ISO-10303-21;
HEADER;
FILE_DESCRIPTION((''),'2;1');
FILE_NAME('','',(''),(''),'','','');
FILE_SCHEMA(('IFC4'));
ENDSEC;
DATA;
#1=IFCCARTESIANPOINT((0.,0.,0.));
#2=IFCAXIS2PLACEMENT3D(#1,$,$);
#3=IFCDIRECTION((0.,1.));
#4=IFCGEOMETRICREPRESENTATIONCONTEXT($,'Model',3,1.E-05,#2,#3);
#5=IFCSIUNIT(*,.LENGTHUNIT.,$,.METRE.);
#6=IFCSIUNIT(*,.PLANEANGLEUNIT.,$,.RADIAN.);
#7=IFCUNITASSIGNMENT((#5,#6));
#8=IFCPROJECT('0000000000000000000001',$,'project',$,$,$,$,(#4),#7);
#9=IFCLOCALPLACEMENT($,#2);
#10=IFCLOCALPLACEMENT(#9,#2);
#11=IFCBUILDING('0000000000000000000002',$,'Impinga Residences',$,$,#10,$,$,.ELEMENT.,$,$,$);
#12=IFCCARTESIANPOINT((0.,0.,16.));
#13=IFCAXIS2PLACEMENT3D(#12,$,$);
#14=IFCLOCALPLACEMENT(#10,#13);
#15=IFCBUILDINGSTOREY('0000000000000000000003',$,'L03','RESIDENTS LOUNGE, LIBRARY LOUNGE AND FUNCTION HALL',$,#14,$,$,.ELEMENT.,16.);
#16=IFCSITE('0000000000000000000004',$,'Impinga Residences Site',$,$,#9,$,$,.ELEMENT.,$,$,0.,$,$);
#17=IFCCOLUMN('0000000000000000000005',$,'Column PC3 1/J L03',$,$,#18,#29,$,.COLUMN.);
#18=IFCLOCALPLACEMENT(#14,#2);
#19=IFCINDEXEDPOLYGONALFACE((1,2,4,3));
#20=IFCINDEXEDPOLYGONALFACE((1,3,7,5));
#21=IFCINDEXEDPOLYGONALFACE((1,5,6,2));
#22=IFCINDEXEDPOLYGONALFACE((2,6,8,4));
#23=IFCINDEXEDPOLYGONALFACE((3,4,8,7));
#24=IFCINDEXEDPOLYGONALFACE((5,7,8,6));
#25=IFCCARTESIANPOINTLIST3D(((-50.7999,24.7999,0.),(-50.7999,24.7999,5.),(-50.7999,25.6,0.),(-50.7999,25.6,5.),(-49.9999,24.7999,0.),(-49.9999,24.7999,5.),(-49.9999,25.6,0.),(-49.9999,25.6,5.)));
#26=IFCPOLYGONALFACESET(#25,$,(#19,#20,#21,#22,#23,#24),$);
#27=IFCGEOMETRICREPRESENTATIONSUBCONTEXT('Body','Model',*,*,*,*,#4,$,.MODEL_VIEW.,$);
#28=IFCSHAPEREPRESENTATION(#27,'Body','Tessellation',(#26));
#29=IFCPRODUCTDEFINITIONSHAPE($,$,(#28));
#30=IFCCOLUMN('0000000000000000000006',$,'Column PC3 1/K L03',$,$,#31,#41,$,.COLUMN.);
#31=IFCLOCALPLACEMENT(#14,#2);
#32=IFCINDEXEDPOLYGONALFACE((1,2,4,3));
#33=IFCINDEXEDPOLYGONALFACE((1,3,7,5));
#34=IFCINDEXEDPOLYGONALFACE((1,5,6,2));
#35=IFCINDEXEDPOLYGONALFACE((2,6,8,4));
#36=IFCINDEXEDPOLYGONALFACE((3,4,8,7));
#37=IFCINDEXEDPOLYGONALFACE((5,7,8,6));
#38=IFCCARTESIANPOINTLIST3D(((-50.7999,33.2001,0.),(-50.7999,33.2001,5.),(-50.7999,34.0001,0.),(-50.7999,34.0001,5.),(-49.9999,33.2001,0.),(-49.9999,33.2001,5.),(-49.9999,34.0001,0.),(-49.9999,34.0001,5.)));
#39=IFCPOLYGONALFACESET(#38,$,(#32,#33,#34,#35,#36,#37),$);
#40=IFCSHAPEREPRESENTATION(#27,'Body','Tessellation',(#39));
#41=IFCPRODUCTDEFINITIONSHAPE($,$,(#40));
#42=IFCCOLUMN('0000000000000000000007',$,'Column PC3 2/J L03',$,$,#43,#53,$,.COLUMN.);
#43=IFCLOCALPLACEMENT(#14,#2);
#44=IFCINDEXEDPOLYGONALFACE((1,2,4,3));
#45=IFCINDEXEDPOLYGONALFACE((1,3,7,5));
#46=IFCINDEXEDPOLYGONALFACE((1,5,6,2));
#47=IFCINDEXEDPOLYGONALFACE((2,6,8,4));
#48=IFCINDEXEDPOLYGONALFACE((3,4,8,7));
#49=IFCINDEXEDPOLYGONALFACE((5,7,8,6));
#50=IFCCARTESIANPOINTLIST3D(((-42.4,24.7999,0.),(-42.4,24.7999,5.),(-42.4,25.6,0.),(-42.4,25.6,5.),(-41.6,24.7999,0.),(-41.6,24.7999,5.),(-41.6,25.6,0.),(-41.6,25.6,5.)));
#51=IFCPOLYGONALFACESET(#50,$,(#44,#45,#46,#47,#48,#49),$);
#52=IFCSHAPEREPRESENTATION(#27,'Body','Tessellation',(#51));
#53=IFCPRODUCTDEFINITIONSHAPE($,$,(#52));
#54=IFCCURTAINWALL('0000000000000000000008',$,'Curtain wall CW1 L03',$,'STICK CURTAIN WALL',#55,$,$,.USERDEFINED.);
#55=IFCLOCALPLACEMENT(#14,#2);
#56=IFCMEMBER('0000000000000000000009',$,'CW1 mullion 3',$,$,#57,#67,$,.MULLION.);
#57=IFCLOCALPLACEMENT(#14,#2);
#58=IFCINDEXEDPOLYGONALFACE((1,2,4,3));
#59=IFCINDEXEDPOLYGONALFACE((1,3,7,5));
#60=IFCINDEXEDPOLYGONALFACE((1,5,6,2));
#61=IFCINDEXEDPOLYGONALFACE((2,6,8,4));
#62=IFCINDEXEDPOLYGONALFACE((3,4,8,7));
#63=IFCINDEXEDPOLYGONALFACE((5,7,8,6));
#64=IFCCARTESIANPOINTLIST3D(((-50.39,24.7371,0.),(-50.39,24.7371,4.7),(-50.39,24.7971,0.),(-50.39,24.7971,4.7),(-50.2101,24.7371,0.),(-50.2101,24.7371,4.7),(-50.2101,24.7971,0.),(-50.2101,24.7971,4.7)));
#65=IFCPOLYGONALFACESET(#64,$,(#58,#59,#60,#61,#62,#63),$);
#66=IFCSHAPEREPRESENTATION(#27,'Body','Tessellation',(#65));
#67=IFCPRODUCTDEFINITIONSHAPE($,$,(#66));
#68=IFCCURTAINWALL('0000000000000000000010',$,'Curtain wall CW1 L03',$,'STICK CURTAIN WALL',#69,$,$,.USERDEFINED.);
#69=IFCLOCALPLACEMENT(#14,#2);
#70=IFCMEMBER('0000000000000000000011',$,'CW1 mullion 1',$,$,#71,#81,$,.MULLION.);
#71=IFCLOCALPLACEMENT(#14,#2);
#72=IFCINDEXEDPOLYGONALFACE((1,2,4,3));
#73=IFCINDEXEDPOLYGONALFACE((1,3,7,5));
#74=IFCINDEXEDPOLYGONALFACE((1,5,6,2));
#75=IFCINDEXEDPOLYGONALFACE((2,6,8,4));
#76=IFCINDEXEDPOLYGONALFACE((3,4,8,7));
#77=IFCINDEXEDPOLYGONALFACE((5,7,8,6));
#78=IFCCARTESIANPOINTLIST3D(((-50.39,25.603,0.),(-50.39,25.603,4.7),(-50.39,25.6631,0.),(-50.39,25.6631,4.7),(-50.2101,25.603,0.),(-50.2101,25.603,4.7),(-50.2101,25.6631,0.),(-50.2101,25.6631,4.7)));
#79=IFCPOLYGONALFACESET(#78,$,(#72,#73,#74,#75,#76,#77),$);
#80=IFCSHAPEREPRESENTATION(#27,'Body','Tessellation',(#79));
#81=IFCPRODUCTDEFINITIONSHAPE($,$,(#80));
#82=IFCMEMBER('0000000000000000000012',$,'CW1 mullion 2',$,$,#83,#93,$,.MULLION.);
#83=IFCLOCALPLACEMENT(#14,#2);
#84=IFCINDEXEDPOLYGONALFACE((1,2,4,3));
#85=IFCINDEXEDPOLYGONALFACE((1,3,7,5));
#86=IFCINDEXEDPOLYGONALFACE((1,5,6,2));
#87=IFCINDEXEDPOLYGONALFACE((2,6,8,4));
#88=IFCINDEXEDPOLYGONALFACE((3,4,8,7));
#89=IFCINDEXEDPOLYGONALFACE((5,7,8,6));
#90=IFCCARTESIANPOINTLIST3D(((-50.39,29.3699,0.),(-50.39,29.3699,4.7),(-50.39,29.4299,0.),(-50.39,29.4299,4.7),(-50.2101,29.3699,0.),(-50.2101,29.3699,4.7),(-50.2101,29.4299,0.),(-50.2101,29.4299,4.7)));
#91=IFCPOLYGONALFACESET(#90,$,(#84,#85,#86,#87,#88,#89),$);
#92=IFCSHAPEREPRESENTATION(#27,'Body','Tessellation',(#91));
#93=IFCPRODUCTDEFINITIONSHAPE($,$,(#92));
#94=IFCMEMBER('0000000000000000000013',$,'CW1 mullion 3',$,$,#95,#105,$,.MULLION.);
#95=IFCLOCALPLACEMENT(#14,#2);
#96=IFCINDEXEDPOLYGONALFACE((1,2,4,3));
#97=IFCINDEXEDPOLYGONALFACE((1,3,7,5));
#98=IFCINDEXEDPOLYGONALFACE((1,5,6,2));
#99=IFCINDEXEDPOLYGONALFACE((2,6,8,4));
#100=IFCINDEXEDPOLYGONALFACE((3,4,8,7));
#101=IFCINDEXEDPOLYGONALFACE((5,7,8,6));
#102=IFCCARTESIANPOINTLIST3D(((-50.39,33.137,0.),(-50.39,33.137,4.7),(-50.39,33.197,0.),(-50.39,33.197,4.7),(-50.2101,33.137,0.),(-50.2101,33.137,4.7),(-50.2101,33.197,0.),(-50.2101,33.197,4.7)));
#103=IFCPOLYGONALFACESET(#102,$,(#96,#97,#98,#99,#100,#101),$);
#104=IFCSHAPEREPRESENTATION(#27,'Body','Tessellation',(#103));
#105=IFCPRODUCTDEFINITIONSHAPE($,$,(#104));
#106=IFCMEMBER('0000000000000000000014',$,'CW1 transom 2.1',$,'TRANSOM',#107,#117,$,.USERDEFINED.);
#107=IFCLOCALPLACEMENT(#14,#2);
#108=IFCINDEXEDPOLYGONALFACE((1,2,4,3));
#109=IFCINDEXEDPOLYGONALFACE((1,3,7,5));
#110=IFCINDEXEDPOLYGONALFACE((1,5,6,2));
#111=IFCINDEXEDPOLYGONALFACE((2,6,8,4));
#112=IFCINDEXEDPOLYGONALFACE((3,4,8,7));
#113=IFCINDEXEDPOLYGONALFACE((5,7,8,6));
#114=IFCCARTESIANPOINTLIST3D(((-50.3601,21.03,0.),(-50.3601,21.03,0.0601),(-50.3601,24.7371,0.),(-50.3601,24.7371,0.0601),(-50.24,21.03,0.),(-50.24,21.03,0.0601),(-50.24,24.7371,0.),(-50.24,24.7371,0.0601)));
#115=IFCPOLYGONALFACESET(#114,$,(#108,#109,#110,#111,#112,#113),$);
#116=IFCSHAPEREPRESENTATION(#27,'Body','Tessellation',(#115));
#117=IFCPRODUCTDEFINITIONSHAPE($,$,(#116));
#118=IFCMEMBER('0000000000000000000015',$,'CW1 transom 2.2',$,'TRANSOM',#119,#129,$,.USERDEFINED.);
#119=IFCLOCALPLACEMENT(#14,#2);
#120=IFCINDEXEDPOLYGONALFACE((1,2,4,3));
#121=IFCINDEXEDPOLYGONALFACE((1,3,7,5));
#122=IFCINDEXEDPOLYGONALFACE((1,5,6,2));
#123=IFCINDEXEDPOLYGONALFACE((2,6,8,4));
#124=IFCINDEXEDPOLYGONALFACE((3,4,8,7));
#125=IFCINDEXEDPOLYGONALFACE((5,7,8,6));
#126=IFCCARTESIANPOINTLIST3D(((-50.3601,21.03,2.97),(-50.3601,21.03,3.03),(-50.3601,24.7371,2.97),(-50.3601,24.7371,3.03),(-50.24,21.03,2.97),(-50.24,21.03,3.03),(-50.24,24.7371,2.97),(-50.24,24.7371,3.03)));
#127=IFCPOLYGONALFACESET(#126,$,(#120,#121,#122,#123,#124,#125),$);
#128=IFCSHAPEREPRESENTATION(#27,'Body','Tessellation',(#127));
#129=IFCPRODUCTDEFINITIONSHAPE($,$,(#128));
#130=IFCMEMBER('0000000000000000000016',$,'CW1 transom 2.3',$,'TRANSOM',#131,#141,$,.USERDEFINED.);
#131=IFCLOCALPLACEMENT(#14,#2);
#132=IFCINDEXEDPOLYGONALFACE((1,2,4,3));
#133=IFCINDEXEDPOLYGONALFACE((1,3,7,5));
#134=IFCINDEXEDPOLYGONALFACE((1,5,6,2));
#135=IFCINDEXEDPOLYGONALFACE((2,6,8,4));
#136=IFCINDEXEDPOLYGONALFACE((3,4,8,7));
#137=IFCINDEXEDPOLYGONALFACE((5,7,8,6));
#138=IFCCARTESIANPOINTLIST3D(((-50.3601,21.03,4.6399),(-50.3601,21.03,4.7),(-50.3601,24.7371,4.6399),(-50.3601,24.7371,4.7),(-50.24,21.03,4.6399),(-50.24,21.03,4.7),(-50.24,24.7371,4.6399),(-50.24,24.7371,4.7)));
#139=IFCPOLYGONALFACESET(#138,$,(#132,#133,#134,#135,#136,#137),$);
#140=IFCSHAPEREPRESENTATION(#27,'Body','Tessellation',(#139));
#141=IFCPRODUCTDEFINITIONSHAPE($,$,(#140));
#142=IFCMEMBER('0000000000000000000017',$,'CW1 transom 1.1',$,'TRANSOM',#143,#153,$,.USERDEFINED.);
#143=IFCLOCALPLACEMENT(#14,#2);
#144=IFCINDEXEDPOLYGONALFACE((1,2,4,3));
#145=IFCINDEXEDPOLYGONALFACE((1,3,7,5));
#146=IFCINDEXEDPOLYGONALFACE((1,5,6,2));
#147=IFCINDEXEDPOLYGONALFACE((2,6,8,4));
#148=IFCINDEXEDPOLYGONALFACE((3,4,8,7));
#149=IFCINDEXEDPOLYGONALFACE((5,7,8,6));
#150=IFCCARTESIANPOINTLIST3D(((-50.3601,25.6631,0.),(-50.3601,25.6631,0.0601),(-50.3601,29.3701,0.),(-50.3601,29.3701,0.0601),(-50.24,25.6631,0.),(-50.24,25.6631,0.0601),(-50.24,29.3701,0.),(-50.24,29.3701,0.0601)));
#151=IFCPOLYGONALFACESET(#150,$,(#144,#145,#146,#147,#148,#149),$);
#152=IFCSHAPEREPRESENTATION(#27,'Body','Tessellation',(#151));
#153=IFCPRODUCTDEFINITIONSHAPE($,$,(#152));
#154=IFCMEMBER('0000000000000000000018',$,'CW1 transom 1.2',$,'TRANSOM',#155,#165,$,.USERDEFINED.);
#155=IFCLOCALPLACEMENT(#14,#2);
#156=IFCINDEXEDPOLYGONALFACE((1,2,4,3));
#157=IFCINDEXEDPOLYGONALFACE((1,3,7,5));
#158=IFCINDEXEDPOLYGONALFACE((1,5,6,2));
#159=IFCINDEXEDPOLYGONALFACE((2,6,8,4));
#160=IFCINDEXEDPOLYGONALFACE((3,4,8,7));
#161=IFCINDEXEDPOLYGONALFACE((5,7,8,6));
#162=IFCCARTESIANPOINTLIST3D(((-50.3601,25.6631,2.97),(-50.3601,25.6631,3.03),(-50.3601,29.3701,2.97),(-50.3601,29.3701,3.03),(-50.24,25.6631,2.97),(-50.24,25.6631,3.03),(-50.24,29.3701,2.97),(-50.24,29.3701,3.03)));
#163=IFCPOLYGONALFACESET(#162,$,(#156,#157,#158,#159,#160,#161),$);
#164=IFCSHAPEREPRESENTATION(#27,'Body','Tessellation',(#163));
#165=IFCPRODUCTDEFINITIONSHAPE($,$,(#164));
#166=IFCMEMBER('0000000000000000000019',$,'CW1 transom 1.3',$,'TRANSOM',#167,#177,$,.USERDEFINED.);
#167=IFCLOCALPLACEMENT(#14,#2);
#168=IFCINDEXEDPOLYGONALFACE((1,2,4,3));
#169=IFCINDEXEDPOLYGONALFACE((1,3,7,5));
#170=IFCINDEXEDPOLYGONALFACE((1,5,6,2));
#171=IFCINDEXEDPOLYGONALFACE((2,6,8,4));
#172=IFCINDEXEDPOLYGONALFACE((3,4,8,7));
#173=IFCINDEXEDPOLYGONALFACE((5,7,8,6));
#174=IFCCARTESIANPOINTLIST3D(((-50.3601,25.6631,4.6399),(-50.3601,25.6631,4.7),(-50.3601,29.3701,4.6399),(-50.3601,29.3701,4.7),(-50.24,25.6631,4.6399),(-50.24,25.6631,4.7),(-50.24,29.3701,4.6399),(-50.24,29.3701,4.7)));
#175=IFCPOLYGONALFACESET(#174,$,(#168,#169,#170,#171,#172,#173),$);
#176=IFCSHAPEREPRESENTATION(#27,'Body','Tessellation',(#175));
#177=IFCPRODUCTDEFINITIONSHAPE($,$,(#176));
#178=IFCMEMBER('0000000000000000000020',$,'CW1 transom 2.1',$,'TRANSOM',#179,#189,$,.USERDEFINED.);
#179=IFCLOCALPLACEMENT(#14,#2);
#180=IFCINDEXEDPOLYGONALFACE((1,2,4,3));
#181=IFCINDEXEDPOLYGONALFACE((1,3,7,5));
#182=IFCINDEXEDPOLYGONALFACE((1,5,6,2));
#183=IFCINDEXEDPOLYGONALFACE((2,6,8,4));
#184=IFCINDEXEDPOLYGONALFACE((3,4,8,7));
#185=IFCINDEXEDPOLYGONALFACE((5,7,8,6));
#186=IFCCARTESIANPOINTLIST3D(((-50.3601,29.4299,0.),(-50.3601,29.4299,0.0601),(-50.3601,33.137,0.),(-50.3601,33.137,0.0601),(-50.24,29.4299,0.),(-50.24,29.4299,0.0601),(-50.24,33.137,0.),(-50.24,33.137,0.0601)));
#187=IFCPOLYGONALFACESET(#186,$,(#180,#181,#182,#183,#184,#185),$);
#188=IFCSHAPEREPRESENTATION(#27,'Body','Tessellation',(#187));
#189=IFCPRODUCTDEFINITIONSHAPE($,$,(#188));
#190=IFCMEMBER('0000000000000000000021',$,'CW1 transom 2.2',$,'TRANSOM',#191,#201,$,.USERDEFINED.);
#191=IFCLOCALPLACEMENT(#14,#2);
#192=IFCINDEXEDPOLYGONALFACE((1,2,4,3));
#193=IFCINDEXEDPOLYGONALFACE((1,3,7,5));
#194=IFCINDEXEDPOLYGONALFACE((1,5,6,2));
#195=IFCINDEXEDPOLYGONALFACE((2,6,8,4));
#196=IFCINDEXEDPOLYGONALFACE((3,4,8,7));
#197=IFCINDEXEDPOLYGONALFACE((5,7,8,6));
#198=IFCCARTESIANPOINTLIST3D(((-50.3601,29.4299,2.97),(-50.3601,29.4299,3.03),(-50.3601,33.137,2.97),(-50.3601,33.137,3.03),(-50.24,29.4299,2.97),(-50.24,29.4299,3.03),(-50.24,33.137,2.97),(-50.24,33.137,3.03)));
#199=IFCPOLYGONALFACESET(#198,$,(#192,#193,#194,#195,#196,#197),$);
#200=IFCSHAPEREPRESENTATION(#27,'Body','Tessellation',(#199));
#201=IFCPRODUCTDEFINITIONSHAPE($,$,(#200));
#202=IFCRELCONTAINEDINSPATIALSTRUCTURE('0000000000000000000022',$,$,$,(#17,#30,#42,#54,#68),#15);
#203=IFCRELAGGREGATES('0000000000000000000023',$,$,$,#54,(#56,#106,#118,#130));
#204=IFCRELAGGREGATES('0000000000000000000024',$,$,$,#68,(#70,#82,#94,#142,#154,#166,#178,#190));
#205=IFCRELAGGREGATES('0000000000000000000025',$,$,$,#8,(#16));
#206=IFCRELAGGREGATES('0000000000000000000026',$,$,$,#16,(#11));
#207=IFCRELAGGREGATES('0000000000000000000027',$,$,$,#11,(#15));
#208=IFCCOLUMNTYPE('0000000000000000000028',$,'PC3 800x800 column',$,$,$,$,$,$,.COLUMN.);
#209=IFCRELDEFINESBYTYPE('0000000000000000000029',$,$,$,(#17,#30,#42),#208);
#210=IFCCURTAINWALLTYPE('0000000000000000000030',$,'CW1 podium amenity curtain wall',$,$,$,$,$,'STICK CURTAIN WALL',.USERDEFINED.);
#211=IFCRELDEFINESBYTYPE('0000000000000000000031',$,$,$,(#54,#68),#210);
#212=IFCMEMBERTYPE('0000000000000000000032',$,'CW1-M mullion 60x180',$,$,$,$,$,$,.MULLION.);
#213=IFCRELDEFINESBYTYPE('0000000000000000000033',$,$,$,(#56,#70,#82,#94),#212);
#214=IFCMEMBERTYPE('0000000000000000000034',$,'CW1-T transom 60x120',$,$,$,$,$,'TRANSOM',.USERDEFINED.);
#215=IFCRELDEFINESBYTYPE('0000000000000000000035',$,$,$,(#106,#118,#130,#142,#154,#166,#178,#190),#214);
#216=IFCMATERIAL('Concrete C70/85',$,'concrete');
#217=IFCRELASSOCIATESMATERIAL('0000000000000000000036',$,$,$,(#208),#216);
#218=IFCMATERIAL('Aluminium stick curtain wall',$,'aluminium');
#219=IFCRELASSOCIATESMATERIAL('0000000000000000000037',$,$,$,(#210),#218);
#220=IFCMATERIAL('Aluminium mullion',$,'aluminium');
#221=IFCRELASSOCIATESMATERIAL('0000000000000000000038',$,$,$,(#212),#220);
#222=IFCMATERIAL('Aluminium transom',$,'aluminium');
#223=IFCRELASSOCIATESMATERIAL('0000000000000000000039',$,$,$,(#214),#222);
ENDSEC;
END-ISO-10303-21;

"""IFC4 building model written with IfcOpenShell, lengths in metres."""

from ifc_helpers import new_model, si_unit, direction, frame, origin, origin_2d, place, context, subcontext, project, spatial, rectangle, extrude, material, material_profile, profile_set, type_object, element, aggregate, save


model = new_model("IFC4")

# Units and contexts
model_context = context("Model", 3, precision=1e-05, world=origin(), true_north=direction((0.0, 1.0)))
body_context = subcontext(model_context, "Body", "Model", "MODEL_VIEW")
ifc_project = project(units=[si_unit("LENGTHUNIT", "METRE"), si_unit("PLANEANGLEUNIT", "RADIAN")], contexts=[model_context])

# Site, building, storey
site_placement = place(None, origin())
site = spatial("IfcSite", under=ifc_project, at=site_placement, Name="Impinga Residences Site", CompositionType="ELEMENT", RefElevation=0.0)
building_placement = place(site_placement, origin())
building = spatial("IfcBuilding", under=site, at=building_placement, Name="Impinga Residences", CompositionType="ELEMENT")
storey_placement = place(building_placement, frame((0.0, 0.0, 16.0)))
storey = spatial("IfcBuildingStorey", under=building, at=storey_placement, Name="L03", Description="RESIDENTS LOUNGE, LIBRARY LOUNGE AND FUNCTION HALL", CompositionType="ELEMENT", Elevation=16.0)

# Columns
ifc_material_1 = material(Name="Concrete C70/85", Category="concrete")
ifc_material_profile_1 = material_profile(ifc_material_1, rectangle(XDim=0.8, YDim=0.8, at=origin_2d()), Name="RC 800x800")
ifc_profile_set_1 = profile_set([ifc_material_profile_1], Name="Concrete C70/85")
column_type = type_object("IfcColumnType", Name="PC3 800x800 column", PredefinedType="COLUMN", material=ifc_profile_set_1)
for number, where, z_axis, x_axis, name in (
    (1, (-50.3999, 25.2, 0.0), (0.0, 0.0, 1.0), (1.0, 0.0, 0.0), "Column PC3 1/J L03"),
    (2, (-50.3999, 33.6001, 0.0), (0.0, 0.0, 1.0), (1.0, 0.0, 0.0), "Column PC3 1/K L03"),
    (3, (-42.0, 25.2, 0.0), (0.0, 0.0, 1.0), (1.0, 0.0, 0.0), "Column PC3 2/J L03"),
):
    element("IfcColumn", number, at=place(storey_placement, frame(where, z_axis=z_axis, x_axis=x_axis)), inside=storey, type_object=column_type, Name=name, PredefinedType="COLUMN", context=body_context, shape_type="SweptSolid", body=[
        extrude(rectangle(XDim=0.8, YDim=0.8, at=origin_2d()), origin(), (0.0, 0.0, 1.0), 5.0),
    ])

# Curtain wall, member
ifc_material_2 = material(Name="Aluminium stick curtain wall", Category="aluminium")
curtain_wall_type = type_object("IfcCurtainWallType", Name="CW1 podium amenity curtain wall", ElementType="STICK CURTAIN WALL", PredefinedType="USERDEFINED", material=ifc_material_2)
curtain_wall_1_placement = place(storey_placement, origin())
curtain_wall_1 = element("IfcCurtainWall", 4, at=curtain_wall_1_placement, inside=storey, type_object=curtain_wall_type, Name="Curtain wall CW1 L03", ObjectType="STICK CURTAIN WALL", PredefinedType="USERDEFINED")
ifc_material_3 = material(Name="Aluminium mullion", Category="aluminium")
ifc_material_profile_2 = material_profile(ifc_material_3, rectangle(XDim=0.0601, YDim=0.1799, at=origin_2d()), Name="60x180 mullion")
ifc_profile_set_2 = profile_set([ifc_material_profile_2], Name="Aluminium mullion")
member_type_1 = type_object("IfcMemberType", Name="CW1-M mullion 60x180", PredefinedType="MULLION", material=ifc_profile_set_2)
member_1_placement = place(storey_placement, frame((-50.3, 24.7671, 0.0), z_axis=(0.0, 0.0, 1.0), x_axis=(0.0, 1.0, 0.0)))
member_1 = element("IfcMember", 5, at=member_1_placement, type_object=member_type_1, Name="CW1 mullion 3", PredefinedType="MULLION", context=body_context, shape_type="SweptSolid", body=[
    extrude(rectangle(XDim=0.0601, YDim=0.1799, at=origin_2d()), origin(), (0.0, 0.0, 1.0), 4.7),
])

# Curtain wall, members
curtain_wall_2_placement = place(storey_placement, origin())
curtain_wall_2 = element("IfcCurtainWall", 6, at=curtain_wall_2_placement, inside=storey, type_object=curtain_wall_type, Name="Curtain wall CW1 L03", ObjectType="STICK CURTAIN WALL", PredefinedType="USERDEFINED")
member_2_placement = place(storey_placement, frame((-50.3, 25.6331, 0.0), z_axis=(0.0, 0.0, 1.0), x_axis=(0.0, 1.0, 0.0)))
member_2 = element("IfcMember", 7, at=member_2_placement, type_object=member_type_1, Name="CW1 mullion 1", PredefinedType="MULLION", context=body_context, shape_type="SweptSolid", body=[
    extrude(rectangle(XDim=0.0601, YDim=0.1799, at=origin_2d()), origin(), (0.0, 0.0, 1.0), 4.7),
])
member_3_placement = place(storey_placement, frame((-50.3, 29.3999, 0.0), z_axis=(0.0, 0.0, 1.0), x_axis=(0.0, 1.0, 0.0)))
member_3 = element("IfcMember", 8, at=member_3_placement, type_object=member_type_1, Name="CW1 mullion 2", PredefinedType="MULLION", context=body_context, shape_type="SweptSolid", body=[
    extrude(rectangle(XDim=0.0601, YDim=0.1799, at=origin_2d()), origin(), (0.0, 0.0, 1.0), 4.7),
])
member_4_placement = place(storey_placement, frame((-50.3, 33.167, 0.0), z_axis=(0.0, 0.0, 1.0), x_axis=(0.0, 1.0, 0.0)))
member_4 = element("IfcMember", 9, at=member_4_placement, type_object=member_type_1, Name="CW1 mullion 3", PredefinedType="MULLION", context=body_context, shape_type="SweptSolid", body=[
    extrude(rectangle(XDim=0.0601, YDim=0.1799, at=origin_2d()), origin(), (0.0, 0.0, 1.0), 4.7),
])

# Members
ifc_material_4 = material(Name="Aluminium transom", Category="aluminium")
ifc_material_profile_3 = material_profile(ifc_material_4, rectangle(XDim=0.0601, YDim=0.1201, at=origin_2d()), Name="60x120 transom")
ifc_profile_set_3 = profile_set([ifc_material_profile_3], Name="Aluminium transom")
member_type_2 = type_object("IfcMemberType", Name="CW1-T transom 60x120", ElementType="TRANSOM", PredefinedType="USERDEFINED", material=ifc_profile_set_3)
member_5_placement = place(storey_placement, frame((-50.3, 21.03, 0.03), z_axis=(0.0, 1.0, 0.0), x_axis=(0.0, 0.0, 1.0)))
member_5 = element("IfcMember", 10, at=member_5_placement, type_object=member_type_2, Name="CW1 transom 2.1", ObjectType="TRANSOM", PredefinedType="USERDEFINED", context=body_context, shape_type="SweptSolid", body=[
    extrude(rectangle(XDim=0.0601, YDim=0.1201, at=origin_2d()), origin(), (0.0, 0.0, 1.0), 3.707),
])
member_6_placement = place(storey_placement, frame((-50.3, 21.03, 3.0), z_axis=(0.0, 1.0, 0.0), x_axis=(0.0, 0.0, 1.0)))
member_6 = element("IfcMember", 11, at=member_6_placement, type_object=member_type_2, Name="CW1 transom 2.2", ObjectType="TRANSOM", PredefinedType="USERDEFINED", context=body_context, shape_type="SweptSolid", body=[
    extrude(rectangle(XDim=0.0601, YDim=0.1201, at=origin_2d()), origin(), (0.0, 0.0, 1.0), 3.707),
])
member_7_placement = place(storey_placement, frame((-50.3, 21.03, 4.6699), z_axis=(0.0, 1.0, 0.0), x_axis=(0.0, 0.0, 1.0)))
member_7 = element("IfcMember", 12, at=member_7_placement, type_object=member_type_2, Name="CW1 transom 2.3", ObjectType="TRANSOM", PredefinedType="USERDEFINED", context=body_context, shape_type="SweptSolid", body=[
    extrude(rectangle(XDim=0.0601, YDim=0.1201, at=origin_2d()), origin(), (0.0, 0.0, 1.0), 3.707),
])
member_8_placement = place(storey_placement, frame((-50.3, 25.6631, 0.03), z_axis=(0.0, 1.0, 0.0), x_axis=(0.0, 0.0, 1.0)))
member_8 = element("IfcMember", 13, at=member_8_placement, type_object=member_type_2, Name="CW1 transom 1.1", ObjectType="TRANSOM", PredefinedType="USERDEFINED", context=body_context, shape_type="SweptSolid", body=[
    extrude(rectangle(XDim=0.0601, YDim=0.1201, at=origin_2d()), origin(), (0.0, 0.0, 1.0), 3.707),
])
member_9_placement = place(storey_placement, frame((-50.3, 25.6631, 3.0), z_axis=(0.0, 1.0, 0.0), x_axis=(0.0, 0.0, 1.0)))
member_9 = element("IfcMember", 14, at=member_9_placement, type_object=member_type_2, Name="CW1 transom 1.2", ObjectType="TRANSOM", PredefinedType="USERDEFINED", context=body_context, shape_type="SweptSolid", body=[
    extrude(rectangle(XDim=0.0601, YDim=0.1201, at=origin_2d()), origin(), (0.0, 0.0, 1.0), 3.707),
])
member_10_placement = place(storey_placement, frame((-50.3, 25.6631, 4.6699), z_axis=(0.0, 1.0, 0.0), x_axis=(0.0, 0.0, 1.0)))
member_10 = element("IfcMember", 15, at=member_10_placement, type_object=member_type_2, Name="CW1 transom 1.3", ObjectType="TRANSOM", PredefinedType="USERDEFINED", context=body_context, shape_type="SweptSolid", body=[
    extrude(rectangle(XDim=0.0601, YDim=0.1201, at=origin_2d()), origin(), (0.0, 0.0, 1.0), 3.707),
])
member_11_placement = place(storey_placement, frame((-50.3, 29.4299, 0.03), z_axis=(0.0, 1.0, 0.0), x_axis=(0.0, 0.0, 1.0)))
member_11 = element("IfcMember", 16, at=member_11_placement, type_object=member_type_2, Name="CW1 transom 2.1", ObjectType="TRANSOM", PredefinedType="USERDEFINED", context=body_context, shape_type="SweptSolid", body=[
    extrude(rectangle(XDim=0.0601, YDim=0.1201, at=origin_2d()), origin(), (0.0, 0.0, 1.0), 3.707),
])
member_12_placement = place(storey_placement, frame((-50.3, 29.4299, 3.0), z_axis=(0.0, 1.0, 0.0), x_axis=(0.0, 0.0, 1.0)))
member_12 = element("IfcMember", 17, at=member_12_placement, type_object=member_type_2, Name="CW1 transom 2.2", ObjectType="TRANSOM", PredefinedType="USERDEFINED", context=body_context, shape_type="SweptSolid", body=[
    extrude(rectangle(XDim=0.0601, YDim=0.1201, at=origin_2d()), origin(), (0.0, 0.0, 1.0), 3.707),
])

aggregate(curtain_wall_1, [member_1, member_5, member_6, member_7])
aggregate(curtain_wall_2, [member_2, member_3, member_4, member_8, member_9, member_10, member_11, member_12])

save(model, "model.ifc")
